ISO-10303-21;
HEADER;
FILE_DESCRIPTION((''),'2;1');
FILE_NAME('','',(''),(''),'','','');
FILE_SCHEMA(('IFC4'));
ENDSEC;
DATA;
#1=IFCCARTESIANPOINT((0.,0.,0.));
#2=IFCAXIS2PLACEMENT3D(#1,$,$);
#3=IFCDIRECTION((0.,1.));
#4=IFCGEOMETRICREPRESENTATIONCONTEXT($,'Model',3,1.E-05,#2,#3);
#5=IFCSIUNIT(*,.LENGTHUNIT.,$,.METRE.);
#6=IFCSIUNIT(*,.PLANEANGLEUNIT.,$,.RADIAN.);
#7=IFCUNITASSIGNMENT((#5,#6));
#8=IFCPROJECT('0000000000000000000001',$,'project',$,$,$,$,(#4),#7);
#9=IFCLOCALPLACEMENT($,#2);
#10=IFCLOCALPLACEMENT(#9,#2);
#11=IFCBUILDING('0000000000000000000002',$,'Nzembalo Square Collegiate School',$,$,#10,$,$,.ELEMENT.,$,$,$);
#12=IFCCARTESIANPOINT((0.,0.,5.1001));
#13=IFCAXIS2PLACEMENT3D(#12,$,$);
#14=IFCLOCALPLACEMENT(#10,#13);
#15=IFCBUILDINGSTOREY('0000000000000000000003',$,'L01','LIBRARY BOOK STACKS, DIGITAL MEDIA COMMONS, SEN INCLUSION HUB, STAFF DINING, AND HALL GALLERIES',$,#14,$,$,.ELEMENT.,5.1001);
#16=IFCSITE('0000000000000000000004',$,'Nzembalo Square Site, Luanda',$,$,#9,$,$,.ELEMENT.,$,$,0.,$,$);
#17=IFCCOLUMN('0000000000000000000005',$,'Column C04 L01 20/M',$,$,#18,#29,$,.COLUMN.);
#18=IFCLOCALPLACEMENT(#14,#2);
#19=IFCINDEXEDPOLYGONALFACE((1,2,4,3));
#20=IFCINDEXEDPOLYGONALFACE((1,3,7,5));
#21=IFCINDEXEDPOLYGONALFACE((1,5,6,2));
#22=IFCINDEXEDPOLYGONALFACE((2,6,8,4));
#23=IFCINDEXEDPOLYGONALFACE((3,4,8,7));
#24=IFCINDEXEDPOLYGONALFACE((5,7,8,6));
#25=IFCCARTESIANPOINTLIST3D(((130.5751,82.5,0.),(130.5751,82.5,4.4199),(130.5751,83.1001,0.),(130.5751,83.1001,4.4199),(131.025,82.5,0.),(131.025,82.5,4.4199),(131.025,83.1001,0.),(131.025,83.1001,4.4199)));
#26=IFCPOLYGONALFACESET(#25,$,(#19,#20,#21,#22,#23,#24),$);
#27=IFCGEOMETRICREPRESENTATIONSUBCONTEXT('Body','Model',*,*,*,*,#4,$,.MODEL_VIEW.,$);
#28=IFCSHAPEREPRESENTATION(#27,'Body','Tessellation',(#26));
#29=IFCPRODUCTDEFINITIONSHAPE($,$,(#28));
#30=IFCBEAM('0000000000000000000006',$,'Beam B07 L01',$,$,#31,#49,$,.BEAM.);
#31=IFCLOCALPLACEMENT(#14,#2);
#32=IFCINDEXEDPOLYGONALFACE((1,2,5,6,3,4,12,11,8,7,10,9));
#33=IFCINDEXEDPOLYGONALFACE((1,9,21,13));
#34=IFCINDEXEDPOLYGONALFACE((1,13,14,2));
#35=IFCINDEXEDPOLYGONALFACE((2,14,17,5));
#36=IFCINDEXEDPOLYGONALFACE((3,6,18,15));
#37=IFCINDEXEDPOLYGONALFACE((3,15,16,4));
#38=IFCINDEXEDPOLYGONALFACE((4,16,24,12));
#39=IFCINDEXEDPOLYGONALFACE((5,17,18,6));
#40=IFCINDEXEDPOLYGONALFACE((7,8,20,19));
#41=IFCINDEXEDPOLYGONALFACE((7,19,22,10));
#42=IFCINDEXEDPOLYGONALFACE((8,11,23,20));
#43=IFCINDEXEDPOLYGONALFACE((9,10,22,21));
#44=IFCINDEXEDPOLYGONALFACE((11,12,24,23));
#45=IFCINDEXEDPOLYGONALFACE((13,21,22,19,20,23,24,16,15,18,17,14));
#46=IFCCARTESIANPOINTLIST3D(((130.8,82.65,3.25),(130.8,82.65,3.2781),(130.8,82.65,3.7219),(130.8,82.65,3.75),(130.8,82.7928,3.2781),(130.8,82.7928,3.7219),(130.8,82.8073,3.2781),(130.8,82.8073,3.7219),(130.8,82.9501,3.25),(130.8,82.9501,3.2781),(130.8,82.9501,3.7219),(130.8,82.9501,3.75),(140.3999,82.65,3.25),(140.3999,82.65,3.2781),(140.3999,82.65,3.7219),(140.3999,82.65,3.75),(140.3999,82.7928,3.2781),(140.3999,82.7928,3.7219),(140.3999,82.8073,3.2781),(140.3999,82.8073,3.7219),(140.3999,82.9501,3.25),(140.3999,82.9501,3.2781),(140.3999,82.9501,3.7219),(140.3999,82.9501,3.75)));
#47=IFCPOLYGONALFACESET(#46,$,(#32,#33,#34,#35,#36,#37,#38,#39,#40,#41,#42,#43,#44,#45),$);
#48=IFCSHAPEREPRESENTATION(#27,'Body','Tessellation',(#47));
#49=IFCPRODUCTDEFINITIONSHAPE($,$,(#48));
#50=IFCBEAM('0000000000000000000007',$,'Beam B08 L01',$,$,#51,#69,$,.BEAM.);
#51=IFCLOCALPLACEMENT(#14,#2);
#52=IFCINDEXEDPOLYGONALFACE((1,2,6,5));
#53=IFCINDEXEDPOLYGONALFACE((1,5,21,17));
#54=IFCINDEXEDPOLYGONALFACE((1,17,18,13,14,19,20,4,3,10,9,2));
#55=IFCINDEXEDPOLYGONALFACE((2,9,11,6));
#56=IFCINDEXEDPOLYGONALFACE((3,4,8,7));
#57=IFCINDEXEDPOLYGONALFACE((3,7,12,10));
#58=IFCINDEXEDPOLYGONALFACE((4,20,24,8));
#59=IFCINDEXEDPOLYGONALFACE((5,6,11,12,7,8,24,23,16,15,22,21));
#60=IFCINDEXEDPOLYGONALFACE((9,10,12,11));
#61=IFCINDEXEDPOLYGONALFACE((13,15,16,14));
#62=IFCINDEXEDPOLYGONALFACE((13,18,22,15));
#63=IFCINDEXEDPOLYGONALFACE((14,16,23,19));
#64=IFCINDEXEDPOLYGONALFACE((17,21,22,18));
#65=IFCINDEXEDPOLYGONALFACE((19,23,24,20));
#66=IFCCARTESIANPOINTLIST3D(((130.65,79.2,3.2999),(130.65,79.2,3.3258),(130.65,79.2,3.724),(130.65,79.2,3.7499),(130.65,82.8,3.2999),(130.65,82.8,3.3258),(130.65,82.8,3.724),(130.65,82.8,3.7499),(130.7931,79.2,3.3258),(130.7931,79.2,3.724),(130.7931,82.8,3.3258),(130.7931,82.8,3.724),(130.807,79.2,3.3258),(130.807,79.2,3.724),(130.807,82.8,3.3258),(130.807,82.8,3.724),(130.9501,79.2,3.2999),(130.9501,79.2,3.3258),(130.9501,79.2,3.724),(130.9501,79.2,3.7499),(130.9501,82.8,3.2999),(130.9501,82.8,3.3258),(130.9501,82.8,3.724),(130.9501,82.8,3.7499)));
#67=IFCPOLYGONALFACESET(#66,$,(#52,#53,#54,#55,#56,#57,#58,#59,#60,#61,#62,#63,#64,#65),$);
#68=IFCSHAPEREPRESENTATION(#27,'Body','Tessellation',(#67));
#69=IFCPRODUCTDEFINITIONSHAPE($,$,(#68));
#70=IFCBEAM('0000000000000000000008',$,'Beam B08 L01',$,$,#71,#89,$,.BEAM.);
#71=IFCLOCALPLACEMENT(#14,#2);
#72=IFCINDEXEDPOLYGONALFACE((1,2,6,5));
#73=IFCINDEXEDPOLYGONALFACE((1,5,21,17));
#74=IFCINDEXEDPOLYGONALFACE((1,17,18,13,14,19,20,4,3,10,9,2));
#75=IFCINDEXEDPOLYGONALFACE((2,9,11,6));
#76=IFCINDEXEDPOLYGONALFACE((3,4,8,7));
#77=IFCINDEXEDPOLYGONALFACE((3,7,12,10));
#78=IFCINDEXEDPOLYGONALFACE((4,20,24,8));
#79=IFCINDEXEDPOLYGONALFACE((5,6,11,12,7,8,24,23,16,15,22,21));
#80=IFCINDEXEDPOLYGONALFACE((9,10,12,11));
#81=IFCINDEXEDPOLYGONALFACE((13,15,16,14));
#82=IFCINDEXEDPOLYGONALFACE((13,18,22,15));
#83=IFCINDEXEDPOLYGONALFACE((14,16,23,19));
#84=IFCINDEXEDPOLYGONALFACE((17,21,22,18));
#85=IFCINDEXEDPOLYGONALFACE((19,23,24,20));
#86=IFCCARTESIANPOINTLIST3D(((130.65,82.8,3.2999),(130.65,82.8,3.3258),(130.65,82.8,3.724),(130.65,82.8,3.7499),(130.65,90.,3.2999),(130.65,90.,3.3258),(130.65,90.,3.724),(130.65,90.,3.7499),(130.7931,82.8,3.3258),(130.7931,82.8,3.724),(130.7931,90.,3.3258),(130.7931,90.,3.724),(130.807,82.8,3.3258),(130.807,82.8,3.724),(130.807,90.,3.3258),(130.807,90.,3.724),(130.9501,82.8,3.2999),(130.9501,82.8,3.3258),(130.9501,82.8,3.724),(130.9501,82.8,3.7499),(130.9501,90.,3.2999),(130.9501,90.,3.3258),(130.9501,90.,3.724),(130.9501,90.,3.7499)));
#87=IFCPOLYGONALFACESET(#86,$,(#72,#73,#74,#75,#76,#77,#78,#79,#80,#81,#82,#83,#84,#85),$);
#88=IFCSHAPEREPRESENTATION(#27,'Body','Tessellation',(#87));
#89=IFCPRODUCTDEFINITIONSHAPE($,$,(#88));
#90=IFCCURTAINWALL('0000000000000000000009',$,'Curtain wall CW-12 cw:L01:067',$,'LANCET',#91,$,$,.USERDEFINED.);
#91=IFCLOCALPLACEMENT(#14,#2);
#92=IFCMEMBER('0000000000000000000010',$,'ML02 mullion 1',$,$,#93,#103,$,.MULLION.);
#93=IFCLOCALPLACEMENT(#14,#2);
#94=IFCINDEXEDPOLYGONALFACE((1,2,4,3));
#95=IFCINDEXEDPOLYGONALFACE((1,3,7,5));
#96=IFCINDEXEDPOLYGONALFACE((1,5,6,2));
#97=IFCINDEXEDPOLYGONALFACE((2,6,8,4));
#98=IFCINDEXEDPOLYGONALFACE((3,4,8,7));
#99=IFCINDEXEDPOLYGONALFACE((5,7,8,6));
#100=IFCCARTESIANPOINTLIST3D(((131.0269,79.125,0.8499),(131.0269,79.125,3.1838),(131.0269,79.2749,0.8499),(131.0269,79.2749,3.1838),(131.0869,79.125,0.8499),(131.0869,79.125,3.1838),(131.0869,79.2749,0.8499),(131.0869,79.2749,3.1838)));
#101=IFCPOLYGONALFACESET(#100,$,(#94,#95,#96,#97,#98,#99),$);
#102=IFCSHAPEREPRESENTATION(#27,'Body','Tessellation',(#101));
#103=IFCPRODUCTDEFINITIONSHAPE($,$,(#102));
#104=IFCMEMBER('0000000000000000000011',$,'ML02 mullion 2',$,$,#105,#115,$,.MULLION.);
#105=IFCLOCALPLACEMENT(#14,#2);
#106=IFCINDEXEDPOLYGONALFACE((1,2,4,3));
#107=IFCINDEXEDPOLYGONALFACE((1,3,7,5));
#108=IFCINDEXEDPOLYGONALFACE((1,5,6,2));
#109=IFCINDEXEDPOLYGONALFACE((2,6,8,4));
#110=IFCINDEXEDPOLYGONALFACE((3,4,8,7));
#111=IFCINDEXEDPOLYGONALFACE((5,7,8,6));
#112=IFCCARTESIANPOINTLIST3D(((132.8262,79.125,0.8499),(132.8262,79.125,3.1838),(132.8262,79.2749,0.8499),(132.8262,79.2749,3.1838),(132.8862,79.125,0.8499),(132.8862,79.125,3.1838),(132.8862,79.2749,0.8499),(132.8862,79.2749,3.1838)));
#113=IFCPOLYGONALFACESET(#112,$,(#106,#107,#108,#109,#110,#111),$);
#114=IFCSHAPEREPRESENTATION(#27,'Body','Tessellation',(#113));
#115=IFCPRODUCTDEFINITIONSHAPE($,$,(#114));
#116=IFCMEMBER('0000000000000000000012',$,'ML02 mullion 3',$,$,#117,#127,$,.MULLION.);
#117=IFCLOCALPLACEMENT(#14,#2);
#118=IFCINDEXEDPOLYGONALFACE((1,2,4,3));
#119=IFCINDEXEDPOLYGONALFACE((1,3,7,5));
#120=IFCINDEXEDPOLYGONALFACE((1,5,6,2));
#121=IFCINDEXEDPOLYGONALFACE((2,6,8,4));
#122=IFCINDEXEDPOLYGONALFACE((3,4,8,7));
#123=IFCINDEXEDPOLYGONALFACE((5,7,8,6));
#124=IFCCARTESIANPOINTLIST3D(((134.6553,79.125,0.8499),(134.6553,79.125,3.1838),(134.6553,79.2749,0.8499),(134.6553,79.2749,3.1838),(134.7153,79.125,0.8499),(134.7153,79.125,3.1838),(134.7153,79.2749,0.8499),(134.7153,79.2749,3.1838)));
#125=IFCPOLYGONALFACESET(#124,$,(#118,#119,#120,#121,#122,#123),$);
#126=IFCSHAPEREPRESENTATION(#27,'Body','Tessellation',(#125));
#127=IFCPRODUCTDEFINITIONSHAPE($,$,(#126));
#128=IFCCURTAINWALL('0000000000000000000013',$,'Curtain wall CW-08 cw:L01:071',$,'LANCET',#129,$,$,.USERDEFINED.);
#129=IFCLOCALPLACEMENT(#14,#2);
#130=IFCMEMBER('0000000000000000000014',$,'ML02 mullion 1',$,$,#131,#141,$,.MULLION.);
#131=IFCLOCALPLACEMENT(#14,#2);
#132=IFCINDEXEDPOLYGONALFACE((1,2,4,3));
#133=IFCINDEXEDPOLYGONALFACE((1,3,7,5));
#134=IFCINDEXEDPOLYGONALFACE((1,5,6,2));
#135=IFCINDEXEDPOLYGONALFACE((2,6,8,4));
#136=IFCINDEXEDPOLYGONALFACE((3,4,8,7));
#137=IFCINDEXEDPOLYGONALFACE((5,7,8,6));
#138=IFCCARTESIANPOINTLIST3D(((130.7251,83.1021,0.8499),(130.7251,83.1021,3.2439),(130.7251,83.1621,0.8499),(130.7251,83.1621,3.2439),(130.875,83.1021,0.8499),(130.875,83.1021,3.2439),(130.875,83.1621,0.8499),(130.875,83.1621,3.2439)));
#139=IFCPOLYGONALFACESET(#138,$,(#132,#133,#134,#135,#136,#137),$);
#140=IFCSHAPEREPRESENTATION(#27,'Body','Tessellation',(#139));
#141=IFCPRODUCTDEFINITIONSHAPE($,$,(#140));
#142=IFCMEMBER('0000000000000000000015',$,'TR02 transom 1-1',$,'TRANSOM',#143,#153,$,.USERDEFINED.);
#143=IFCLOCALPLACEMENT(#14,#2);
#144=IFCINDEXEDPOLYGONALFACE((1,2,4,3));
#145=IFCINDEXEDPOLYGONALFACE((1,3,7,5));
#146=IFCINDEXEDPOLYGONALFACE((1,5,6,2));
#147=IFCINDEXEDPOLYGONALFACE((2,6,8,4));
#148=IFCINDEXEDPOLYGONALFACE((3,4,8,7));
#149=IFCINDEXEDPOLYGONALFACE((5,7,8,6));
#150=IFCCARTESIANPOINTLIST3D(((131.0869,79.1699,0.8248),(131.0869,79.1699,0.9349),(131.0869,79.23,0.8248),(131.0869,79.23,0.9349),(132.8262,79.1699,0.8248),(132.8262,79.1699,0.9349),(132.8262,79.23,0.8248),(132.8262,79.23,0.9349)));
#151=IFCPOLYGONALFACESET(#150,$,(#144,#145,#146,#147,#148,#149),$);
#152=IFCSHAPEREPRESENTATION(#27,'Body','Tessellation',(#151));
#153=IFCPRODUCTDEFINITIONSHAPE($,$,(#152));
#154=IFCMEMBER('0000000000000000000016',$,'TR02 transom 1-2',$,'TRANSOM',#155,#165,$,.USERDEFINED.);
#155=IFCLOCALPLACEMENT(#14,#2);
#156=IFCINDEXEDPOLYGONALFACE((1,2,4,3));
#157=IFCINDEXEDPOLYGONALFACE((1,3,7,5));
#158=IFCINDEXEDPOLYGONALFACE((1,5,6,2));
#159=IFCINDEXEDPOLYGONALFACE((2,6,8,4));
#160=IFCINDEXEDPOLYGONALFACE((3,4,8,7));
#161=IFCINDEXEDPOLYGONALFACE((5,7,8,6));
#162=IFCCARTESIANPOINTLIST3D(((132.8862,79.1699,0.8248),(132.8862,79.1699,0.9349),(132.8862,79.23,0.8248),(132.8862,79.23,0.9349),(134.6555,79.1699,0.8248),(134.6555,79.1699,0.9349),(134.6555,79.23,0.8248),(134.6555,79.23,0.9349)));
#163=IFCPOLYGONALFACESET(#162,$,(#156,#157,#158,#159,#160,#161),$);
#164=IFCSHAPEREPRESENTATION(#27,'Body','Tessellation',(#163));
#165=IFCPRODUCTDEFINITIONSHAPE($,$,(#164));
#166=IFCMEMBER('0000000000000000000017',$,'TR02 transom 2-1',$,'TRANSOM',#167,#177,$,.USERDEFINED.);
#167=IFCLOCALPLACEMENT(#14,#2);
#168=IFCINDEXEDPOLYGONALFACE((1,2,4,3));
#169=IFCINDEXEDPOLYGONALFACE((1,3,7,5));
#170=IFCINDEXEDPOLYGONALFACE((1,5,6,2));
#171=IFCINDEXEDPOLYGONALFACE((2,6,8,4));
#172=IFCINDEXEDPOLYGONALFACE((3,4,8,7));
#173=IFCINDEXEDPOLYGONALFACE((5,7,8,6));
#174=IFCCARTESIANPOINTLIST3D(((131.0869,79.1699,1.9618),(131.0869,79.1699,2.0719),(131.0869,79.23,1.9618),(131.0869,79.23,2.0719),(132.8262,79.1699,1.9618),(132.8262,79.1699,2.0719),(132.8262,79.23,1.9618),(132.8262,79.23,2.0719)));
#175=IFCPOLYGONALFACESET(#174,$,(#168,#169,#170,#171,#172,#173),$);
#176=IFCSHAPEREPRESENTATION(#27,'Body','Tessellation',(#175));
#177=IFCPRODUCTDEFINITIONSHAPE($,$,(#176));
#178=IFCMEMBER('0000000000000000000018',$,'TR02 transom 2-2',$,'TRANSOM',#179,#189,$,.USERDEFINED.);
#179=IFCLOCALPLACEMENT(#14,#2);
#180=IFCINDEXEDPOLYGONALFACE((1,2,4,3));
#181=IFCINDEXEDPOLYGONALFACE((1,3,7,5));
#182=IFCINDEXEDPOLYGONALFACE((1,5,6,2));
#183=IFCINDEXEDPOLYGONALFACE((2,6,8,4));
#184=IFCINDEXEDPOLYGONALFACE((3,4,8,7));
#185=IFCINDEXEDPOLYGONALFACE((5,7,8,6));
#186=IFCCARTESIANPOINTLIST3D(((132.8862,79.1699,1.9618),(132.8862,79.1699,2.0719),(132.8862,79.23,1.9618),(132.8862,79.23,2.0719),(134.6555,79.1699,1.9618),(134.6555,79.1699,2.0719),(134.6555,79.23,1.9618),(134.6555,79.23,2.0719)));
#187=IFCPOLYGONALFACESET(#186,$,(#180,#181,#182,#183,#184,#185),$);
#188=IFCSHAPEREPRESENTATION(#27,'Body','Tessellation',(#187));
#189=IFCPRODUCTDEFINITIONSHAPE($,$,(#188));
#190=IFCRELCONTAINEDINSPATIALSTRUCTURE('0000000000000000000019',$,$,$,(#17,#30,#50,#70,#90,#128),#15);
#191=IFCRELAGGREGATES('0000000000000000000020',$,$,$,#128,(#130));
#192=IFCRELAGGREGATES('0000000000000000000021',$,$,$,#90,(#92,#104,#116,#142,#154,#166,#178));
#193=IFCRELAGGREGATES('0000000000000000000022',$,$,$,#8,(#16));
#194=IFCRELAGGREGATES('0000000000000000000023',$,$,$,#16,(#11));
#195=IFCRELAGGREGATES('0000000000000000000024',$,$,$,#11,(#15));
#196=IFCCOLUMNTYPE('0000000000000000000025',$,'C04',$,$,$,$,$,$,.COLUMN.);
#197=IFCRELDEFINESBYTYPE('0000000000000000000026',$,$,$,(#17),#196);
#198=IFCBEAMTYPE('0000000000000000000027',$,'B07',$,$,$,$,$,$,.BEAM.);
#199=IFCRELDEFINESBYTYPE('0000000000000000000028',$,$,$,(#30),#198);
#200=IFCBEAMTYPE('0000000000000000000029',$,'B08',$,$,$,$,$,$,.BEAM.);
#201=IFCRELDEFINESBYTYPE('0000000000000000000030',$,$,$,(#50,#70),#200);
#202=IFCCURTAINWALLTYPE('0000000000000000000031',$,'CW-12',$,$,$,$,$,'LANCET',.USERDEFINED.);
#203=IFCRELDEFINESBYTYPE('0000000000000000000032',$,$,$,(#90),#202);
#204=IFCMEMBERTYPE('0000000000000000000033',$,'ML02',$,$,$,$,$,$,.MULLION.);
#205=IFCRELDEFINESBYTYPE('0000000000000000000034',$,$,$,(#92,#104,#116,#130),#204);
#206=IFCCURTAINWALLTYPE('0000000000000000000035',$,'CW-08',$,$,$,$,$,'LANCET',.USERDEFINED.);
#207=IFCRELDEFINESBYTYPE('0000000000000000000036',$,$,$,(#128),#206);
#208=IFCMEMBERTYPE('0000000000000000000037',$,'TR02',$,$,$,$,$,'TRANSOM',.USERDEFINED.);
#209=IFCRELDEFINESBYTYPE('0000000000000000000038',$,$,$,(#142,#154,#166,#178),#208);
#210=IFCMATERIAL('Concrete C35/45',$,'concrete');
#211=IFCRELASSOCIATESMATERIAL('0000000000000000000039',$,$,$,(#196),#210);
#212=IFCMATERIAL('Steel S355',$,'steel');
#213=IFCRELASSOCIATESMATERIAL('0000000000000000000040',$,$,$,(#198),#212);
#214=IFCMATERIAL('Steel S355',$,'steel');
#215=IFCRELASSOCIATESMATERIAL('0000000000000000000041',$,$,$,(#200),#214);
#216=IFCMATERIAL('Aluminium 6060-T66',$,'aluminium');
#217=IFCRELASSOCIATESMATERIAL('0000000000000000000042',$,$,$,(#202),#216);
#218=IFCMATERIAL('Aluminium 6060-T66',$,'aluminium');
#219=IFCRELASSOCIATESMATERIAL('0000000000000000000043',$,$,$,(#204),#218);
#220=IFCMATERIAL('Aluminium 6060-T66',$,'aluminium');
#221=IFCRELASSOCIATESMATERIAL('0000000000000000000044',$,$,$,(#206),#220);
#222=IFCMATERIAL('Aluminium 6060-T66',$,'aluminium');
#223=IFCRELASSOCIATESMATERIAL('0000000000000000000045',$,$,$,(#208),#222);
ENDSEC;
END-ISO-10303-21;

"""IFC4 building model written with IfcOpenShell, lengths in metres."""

from ifc_helpers import new_model, si_unit, direction, frame, origin, origin_2d, place, context, subcontext, project, spatial, rectangle, i_section, extrude, material, material_profile, profile_set, type_object, element, aggregate, save


model = new_model("IFC4")

# Units and contexts
model_context = context("Model", 3, precision=1e-05, world=origin(), true_north=direction((0.0, 1.0)))
body_context = subcontext(model_context, "Body", "Model", "MODEL_VIEW")
ifc_project = project(units=[si_unit("LENGTHUNIT", "METRE"), si_unit("PLANEANGLEUNIT", "RADIAN")], contexts=[model_context])

# Site, building, storey
site_placement = place(None, origin())
site = spatial("IfcSite", under=ifc_project, at=site_placement, Name="Nzembalo Square Site, Luanda", CompositionType="ELEMENT", RefElevation=0.0)
building_placement = place(site_placement, origin())
building = spatial("IfcBuilding", under=site, at=building_placement, Name="Nzembalo Square Collegiate School", CompositionType="ELEMENT")
storey_placement = place(building_placement, frame((0.0, 0.0, 5.1001)))
storey = spatial("IfcBuildingStorey", under=building, at=storey_placement, Name="L01", Description="LIBRARY BOOK STACKS, DIGITAL MEDIA COMMONS, SEN INCLUSION HUB, STAFF DINING, AND HALL GALLERIES", CompositionType="ELEMENT", Elevation=5.1001)

# Column
ifc_material_1 = material(Name="Concrete C35/45", Category="concrete")
ifc_material_profile_1 = material_profile(ifc_material_1, rectangle(XDim=0.45, YDim=0.6001, at=origin_2d()), Name="RC 450x600")
ifc_profile_set_1 = profile_set([ifc_material_profile_1], Name="Concrete C35/45")
column_type = type_object("IfcColumnType", Name="C04", PredefinedType="COLUMN", material=ifc_profile_set_1)
column_placement = place(storey_placement, frame((130.8, 82.8, 0.0), z_axis=(0.0, 0.0, 1.0), x_axis=(1.0, 0.0, 0.0)))
element("IfcColumn", 1, at=column_placement, inside=storey, type_object=column_type, Name="Column C04 L01 20/M", PredefinedType="COLUMN", context=body_context, shape_type="SweptSolid", body=[
    extrude(rectangle(XDim=0.45, YDim=0.6001, at=origin_2d()), origin(), (0.0, 0.0, 1.0), 4.4199),
])

# Beams
ifc_material_2 = material(Name="Steel S355", Category="steel")
ifc_material_profile_2 = material_profile(ifc_material_2, i_section(OverallWidth=0.3, OverallDepth=0.5, WebThickness=0.0144, FlangeThickness=0.0281, at=origin_2d()), Name="HEB 500")
ifc_profile_set_2 = profile_set([ifc_material_profile_2], Name="Steel S355")
beam_type_1 = type_object("IfcBeamType", Name="B07", PredefinedType="BEAM", material=ifc_profile_set_2)
beam_1_placement = place(storey_placement, frame((130.8, 82.8, 3.5), z_axis=(1.0, 0.0, 0.0), x_axis=(0.0, 1.0, 0.0)))
element("IfcBeam", 2, at=beam_1_placement, inside=storey, type_object=beam_type_1, Name="Beam B07 L01", PredefinedType="BEAM", context=body_context, shape_type="SweptSolid", body=[
    extrude(i_section(OverallWidth=0.3, OverallDepth=0.5, WebThickness=0.0144, FlangeThickness=0.0281, at=origin_2d()), origin(), (0.0, 0.0, 1.0), 9.5999),
])
ifc_material_3 = material(Name="Steel S355", Category="steel")
ifc_material_profile_3 = material_profile(ifc_material_3, i_section(OverallWidth=0.3, OverallDepth=0.45, WebThickness=0.0139, FlangeThickness=0.0259, at=origin_2d()), Name="HEB 450")
ifc_profile_set_3 = profile_set([ifc_material_profile_3], Name="Steel S355")
beam_type_2 = type_object("IfcBeamType", Name="B08", PredefinedType="BEAM", material=ifc_profile_set_3)
beam_2_placement = place(storey_placement, frame((130.8, 79.2, 3.5249), z_axis=(0.0, 1.0, 0.0), x_axis=(-1.0, 0.0, 0.0)))
element("IfcBeam", 3, at=beam_2_placement, inside=storey, type_object=beam_type_2, Name="Beam B08 L01", PredefinedType="BEAM", context=body_context, shape_type="SweptSolid", body=[
    extrude(i_section(OverallWidth=0.3, OverallDepth=0.45, WebThickness=0.0139, FlangeThickness=0.0259, at=origin_2d()), origin(), (0.0, 0.0, 1.0), 3.6001),
])
beam_3_placement = place(storey_placement, frame((130.8, 82.8, 3.5249), z_axis=(0.0, 1.0, 0.0), x_axis=(-1.0, 0.0, 0.0)))
element("IfcBeam", 4, at=beam_3_placement, inside=storey, type_object=beam_type_2, Name="Beam B08 L01", PredefinedType="BEAM", context=body_context, shape_type="SweptSolid", body=[
    extrude(i_section(OverallWidth=0.3, OverallDepth=0.45, WebThickness=0.0139, FlangeThickness=0.0259, at=origin_2d()), origin(), (0.0, 0.0, 1.0), 7.2),
])

# Curtain wall, members
ifc_material_4 = material(Name="Aluminium 6060-T66", Category="aluminium")
curtain_wall_type_1 = type_object("IfcCurtainWallType", Name="CW-12", ElementType="LANCET", PredefinedType="USERDEFINED", material=ifc_material_4)
curtain_wall_1_placement = place(storey_placement, origin())
curtain_wall_1 = element("IfcCurtainWall", 5, at=curtain_wall_1_placement, inside=storey, type_object=curtain_wall_type_1, Name="Curtain wall CW-12 cw:L01:067", ObjectType="LANCET", PredefinedType="USERDEFINED")
ifc_material_5 = material(Name="Aluminium 6060-T66", Category="aluminium")
ifc_material_profile_4 = material_profile(ifc_material_5, rectangle(XDim=0.0601, YDim=0.1499, at=origin_2d()), Name="ALU M60x150")
ifc_profile_set_4 = profile_set([ifc_material_profile_4], Name="Aluminium 6060-T66")
member_type_1 = type_object("IfcMemberType", Name="ML02", PredefinedType="MULLION", material=ifc_profile_set_4)
member_1_placement = place(storey_placement, frame((131.0569, 79.2, 0.8499), z_axis=(0.0, 0.0, 1.0), x_axis=(1.0, 0.0, 0.0)))
member_1 = element("IfcMember", 6, at=member_1_placement, type_object=member_type_1, Name="ML02 mullion 1", PredefinedType="MULLION", context=body_context, shape_type="SweptSolid", body=[
    extrude(rectangle(XDim=0.0601, YDim=0.1499, at=origin_2d()), origin(), (0.0, 0.0, 1.0), 2.334),
])
member_2_placement = place(storey_placement, frame((132.8562, 79.2, 0.8499), z_axis=(0.0, 0.0, 1.0), x_axis=(1.0, 0.0, 0.0)))
member_2 = element("IfcMember", 7, at=member_2_placement, type_object=member_type_1, Name="ML02 mullion 2", PredefinedType="MULLION", context=body_context, shape_type="SweptSolid", body=[
    extrude(rectangle(XDim=0.0601, YDim=0.1499, at=origin_2d()), origin(), (0.0, 0.0, 1.0), 2.334),
])
member_3_placement = place(storey_placement, frame((134.6853, 79.2, 0.8499), z_axis=(0.0, 0.0, 1.0), x_axis=(1.0, 0.0, 0.0)))
member_3 = element("IfcMember", 8, at=member_3_placement, type_object=member_type_1, Name="ML02 mullion 3", PredefinedType="MULLION", context=body_context, shape_type="SweptSolid", body=[
    extrude(rectangle(XDim=0.0601, YDim=0.1499, at=origin_2d()), origin(), (0.0, 0.0, 1.0), 2.334),
])

# Curtain wall, member
ifc_material_6 = material(Name="Aluminium 6060-T66", Category="aluminium")
curtain_wall_type_2 = type_object("IfcCurtainWallType", Name="CW-08", ElementType="LANCET", PredefinedType="USERDEFINED", material=ifc_material_6)
curtain_wall_2_placement = place(storey_placement, origin())
curtain_wall_2 = element("IfcCurtainWall", 9, at=curtain_wall_2_placement, inside=storey, type_object=curtain_wall_type_2, Name="Curtain wall CW-08 cw:L01:071", ObjectType="LANCET", PredefinedType="USERDEFINED")
member_4_placement = place(storey_placement, frame((130.8, 83.1321, 0.8499), z_axis=(0.0, 0.0, 1.0), x_axis=(0.0, 1.0, 0.0)))
member_4 = element("IfcMember", 10, at=member_4_placement, type_object=member_type_1, Name="ML02 mullion 1", PredefinedType="MULLION", context=body_context, shape_type="SweptSolid", body=[
    extrude(rectangle(XDim=0.0601, YDim=0.1499, at=origin_2d()), origin(), (0.0, 0.0, 1.0), 2.394),
])

# Members
ifc_material_7 = material(Name="Aluminium 6060-T66", Category="aluminium")
ifc_material_profile_5 = material_profile(ifc_material_7, rectangle(XDim=0.0601, YDim=0.1101, at=origin_2d()), Name="ALU T60x110")
ifc_profile_set_5 = profile_set([ifc_material_profile_5], Name="Aluminium 6060-T66")
member_type_2 = type_object("IfcMemberType", Name="TR02", ElementType="TRANSOM", PredefinedType="USERDEFINED", material=ifc_profile_set_5)
member_5_placement = place(storey_placement, frame((131.0869, 79.2, 0.8799), z_axis=(1.0, 0.0, 0.0), x_axis=(0.0, 1.0, 0.0)))
member_5 = element("IfcMember", 11, at=member_5_placement, type_object=member_type_2, Name="TR02 transom 1-1", ObjectType="TRANSOM", PredefinedType="USERDEFINED", context=body_context, shape_type="SweptSolid", body=[
    extrude(rectangle(XDim=0.0601, YDim=0.1101, at=origin_2d()), origin(), (0.0, 0.0, 1.0), 1.7393),
])
member_6_placement = place(storey_placement, frame((132.8862, 79.2, 0.8799), z_axis=(1.0, 0.0, 0.0), x_axis=(0.0, 1.0, 0.0)))
member_6 = element("IfcMember", 12, at=member_6_placement, type_object=member_type_2, Name="TR02 transom 1-2", ObjectType="TRANSOM", PredefinedType="USERDEFINED", context=body_context, shape_type="SweptSolid", body=[
    extrude(rectangle(XDim=0.0601, YDim=0.1101, at=origin_2d()), origin(), (0.0, 0.0, 1.0), 1.7693),
])
member_7_placement = place(storey_placement, frame((131.0869, 79.2, 2.0168), z_axis=(1.0, 0.0, 0.0), x_axis=(0.0, 1.0, 0.0)))
member_7 = element("IfcMember", 13, at=member_7_placement, type_object=member_type_2, Name="TR02 transom 2-1", ObjectType="TRANSOM", PredefinedType="USERDEFINED", context=body_context, shape_type="SweptSolid", body=[
    extrude(rectangle(XDim=0.0601, YDim=0.1101, at=origin_2d()), origin(), (0.0, 0.0, 1.0), 1.7393),
])
member_8_placement = place(storey_placement, frame((132.8862, 79.2, 2.0168), z_axis=(1.0, 0.0, 0.0), x_axis=(0.0, 1.0, 0.0)))
member_8 = element("IfcMember", 14, at=member_8_placement, type_object=member_type_2, Name="TR02 transom 2-2", ObjectType="TRANSOM", PredefinedType="USERDEFINED", context=body_context, shape_type="SweptSolid", body=[
    extrude(rectangle(XDim=0.0601, YDim=0.1101, at=origin_2d()), origin(), (0.0, 0.0, 1.0), 1.7693),
])
aggregate(curtain_wall_2, [member_4])

aggregate(curtain_wall_1, [member_1, member_2, member_3, member_5, member_6, member_7, member_8])

save(model, "model.ifc")
